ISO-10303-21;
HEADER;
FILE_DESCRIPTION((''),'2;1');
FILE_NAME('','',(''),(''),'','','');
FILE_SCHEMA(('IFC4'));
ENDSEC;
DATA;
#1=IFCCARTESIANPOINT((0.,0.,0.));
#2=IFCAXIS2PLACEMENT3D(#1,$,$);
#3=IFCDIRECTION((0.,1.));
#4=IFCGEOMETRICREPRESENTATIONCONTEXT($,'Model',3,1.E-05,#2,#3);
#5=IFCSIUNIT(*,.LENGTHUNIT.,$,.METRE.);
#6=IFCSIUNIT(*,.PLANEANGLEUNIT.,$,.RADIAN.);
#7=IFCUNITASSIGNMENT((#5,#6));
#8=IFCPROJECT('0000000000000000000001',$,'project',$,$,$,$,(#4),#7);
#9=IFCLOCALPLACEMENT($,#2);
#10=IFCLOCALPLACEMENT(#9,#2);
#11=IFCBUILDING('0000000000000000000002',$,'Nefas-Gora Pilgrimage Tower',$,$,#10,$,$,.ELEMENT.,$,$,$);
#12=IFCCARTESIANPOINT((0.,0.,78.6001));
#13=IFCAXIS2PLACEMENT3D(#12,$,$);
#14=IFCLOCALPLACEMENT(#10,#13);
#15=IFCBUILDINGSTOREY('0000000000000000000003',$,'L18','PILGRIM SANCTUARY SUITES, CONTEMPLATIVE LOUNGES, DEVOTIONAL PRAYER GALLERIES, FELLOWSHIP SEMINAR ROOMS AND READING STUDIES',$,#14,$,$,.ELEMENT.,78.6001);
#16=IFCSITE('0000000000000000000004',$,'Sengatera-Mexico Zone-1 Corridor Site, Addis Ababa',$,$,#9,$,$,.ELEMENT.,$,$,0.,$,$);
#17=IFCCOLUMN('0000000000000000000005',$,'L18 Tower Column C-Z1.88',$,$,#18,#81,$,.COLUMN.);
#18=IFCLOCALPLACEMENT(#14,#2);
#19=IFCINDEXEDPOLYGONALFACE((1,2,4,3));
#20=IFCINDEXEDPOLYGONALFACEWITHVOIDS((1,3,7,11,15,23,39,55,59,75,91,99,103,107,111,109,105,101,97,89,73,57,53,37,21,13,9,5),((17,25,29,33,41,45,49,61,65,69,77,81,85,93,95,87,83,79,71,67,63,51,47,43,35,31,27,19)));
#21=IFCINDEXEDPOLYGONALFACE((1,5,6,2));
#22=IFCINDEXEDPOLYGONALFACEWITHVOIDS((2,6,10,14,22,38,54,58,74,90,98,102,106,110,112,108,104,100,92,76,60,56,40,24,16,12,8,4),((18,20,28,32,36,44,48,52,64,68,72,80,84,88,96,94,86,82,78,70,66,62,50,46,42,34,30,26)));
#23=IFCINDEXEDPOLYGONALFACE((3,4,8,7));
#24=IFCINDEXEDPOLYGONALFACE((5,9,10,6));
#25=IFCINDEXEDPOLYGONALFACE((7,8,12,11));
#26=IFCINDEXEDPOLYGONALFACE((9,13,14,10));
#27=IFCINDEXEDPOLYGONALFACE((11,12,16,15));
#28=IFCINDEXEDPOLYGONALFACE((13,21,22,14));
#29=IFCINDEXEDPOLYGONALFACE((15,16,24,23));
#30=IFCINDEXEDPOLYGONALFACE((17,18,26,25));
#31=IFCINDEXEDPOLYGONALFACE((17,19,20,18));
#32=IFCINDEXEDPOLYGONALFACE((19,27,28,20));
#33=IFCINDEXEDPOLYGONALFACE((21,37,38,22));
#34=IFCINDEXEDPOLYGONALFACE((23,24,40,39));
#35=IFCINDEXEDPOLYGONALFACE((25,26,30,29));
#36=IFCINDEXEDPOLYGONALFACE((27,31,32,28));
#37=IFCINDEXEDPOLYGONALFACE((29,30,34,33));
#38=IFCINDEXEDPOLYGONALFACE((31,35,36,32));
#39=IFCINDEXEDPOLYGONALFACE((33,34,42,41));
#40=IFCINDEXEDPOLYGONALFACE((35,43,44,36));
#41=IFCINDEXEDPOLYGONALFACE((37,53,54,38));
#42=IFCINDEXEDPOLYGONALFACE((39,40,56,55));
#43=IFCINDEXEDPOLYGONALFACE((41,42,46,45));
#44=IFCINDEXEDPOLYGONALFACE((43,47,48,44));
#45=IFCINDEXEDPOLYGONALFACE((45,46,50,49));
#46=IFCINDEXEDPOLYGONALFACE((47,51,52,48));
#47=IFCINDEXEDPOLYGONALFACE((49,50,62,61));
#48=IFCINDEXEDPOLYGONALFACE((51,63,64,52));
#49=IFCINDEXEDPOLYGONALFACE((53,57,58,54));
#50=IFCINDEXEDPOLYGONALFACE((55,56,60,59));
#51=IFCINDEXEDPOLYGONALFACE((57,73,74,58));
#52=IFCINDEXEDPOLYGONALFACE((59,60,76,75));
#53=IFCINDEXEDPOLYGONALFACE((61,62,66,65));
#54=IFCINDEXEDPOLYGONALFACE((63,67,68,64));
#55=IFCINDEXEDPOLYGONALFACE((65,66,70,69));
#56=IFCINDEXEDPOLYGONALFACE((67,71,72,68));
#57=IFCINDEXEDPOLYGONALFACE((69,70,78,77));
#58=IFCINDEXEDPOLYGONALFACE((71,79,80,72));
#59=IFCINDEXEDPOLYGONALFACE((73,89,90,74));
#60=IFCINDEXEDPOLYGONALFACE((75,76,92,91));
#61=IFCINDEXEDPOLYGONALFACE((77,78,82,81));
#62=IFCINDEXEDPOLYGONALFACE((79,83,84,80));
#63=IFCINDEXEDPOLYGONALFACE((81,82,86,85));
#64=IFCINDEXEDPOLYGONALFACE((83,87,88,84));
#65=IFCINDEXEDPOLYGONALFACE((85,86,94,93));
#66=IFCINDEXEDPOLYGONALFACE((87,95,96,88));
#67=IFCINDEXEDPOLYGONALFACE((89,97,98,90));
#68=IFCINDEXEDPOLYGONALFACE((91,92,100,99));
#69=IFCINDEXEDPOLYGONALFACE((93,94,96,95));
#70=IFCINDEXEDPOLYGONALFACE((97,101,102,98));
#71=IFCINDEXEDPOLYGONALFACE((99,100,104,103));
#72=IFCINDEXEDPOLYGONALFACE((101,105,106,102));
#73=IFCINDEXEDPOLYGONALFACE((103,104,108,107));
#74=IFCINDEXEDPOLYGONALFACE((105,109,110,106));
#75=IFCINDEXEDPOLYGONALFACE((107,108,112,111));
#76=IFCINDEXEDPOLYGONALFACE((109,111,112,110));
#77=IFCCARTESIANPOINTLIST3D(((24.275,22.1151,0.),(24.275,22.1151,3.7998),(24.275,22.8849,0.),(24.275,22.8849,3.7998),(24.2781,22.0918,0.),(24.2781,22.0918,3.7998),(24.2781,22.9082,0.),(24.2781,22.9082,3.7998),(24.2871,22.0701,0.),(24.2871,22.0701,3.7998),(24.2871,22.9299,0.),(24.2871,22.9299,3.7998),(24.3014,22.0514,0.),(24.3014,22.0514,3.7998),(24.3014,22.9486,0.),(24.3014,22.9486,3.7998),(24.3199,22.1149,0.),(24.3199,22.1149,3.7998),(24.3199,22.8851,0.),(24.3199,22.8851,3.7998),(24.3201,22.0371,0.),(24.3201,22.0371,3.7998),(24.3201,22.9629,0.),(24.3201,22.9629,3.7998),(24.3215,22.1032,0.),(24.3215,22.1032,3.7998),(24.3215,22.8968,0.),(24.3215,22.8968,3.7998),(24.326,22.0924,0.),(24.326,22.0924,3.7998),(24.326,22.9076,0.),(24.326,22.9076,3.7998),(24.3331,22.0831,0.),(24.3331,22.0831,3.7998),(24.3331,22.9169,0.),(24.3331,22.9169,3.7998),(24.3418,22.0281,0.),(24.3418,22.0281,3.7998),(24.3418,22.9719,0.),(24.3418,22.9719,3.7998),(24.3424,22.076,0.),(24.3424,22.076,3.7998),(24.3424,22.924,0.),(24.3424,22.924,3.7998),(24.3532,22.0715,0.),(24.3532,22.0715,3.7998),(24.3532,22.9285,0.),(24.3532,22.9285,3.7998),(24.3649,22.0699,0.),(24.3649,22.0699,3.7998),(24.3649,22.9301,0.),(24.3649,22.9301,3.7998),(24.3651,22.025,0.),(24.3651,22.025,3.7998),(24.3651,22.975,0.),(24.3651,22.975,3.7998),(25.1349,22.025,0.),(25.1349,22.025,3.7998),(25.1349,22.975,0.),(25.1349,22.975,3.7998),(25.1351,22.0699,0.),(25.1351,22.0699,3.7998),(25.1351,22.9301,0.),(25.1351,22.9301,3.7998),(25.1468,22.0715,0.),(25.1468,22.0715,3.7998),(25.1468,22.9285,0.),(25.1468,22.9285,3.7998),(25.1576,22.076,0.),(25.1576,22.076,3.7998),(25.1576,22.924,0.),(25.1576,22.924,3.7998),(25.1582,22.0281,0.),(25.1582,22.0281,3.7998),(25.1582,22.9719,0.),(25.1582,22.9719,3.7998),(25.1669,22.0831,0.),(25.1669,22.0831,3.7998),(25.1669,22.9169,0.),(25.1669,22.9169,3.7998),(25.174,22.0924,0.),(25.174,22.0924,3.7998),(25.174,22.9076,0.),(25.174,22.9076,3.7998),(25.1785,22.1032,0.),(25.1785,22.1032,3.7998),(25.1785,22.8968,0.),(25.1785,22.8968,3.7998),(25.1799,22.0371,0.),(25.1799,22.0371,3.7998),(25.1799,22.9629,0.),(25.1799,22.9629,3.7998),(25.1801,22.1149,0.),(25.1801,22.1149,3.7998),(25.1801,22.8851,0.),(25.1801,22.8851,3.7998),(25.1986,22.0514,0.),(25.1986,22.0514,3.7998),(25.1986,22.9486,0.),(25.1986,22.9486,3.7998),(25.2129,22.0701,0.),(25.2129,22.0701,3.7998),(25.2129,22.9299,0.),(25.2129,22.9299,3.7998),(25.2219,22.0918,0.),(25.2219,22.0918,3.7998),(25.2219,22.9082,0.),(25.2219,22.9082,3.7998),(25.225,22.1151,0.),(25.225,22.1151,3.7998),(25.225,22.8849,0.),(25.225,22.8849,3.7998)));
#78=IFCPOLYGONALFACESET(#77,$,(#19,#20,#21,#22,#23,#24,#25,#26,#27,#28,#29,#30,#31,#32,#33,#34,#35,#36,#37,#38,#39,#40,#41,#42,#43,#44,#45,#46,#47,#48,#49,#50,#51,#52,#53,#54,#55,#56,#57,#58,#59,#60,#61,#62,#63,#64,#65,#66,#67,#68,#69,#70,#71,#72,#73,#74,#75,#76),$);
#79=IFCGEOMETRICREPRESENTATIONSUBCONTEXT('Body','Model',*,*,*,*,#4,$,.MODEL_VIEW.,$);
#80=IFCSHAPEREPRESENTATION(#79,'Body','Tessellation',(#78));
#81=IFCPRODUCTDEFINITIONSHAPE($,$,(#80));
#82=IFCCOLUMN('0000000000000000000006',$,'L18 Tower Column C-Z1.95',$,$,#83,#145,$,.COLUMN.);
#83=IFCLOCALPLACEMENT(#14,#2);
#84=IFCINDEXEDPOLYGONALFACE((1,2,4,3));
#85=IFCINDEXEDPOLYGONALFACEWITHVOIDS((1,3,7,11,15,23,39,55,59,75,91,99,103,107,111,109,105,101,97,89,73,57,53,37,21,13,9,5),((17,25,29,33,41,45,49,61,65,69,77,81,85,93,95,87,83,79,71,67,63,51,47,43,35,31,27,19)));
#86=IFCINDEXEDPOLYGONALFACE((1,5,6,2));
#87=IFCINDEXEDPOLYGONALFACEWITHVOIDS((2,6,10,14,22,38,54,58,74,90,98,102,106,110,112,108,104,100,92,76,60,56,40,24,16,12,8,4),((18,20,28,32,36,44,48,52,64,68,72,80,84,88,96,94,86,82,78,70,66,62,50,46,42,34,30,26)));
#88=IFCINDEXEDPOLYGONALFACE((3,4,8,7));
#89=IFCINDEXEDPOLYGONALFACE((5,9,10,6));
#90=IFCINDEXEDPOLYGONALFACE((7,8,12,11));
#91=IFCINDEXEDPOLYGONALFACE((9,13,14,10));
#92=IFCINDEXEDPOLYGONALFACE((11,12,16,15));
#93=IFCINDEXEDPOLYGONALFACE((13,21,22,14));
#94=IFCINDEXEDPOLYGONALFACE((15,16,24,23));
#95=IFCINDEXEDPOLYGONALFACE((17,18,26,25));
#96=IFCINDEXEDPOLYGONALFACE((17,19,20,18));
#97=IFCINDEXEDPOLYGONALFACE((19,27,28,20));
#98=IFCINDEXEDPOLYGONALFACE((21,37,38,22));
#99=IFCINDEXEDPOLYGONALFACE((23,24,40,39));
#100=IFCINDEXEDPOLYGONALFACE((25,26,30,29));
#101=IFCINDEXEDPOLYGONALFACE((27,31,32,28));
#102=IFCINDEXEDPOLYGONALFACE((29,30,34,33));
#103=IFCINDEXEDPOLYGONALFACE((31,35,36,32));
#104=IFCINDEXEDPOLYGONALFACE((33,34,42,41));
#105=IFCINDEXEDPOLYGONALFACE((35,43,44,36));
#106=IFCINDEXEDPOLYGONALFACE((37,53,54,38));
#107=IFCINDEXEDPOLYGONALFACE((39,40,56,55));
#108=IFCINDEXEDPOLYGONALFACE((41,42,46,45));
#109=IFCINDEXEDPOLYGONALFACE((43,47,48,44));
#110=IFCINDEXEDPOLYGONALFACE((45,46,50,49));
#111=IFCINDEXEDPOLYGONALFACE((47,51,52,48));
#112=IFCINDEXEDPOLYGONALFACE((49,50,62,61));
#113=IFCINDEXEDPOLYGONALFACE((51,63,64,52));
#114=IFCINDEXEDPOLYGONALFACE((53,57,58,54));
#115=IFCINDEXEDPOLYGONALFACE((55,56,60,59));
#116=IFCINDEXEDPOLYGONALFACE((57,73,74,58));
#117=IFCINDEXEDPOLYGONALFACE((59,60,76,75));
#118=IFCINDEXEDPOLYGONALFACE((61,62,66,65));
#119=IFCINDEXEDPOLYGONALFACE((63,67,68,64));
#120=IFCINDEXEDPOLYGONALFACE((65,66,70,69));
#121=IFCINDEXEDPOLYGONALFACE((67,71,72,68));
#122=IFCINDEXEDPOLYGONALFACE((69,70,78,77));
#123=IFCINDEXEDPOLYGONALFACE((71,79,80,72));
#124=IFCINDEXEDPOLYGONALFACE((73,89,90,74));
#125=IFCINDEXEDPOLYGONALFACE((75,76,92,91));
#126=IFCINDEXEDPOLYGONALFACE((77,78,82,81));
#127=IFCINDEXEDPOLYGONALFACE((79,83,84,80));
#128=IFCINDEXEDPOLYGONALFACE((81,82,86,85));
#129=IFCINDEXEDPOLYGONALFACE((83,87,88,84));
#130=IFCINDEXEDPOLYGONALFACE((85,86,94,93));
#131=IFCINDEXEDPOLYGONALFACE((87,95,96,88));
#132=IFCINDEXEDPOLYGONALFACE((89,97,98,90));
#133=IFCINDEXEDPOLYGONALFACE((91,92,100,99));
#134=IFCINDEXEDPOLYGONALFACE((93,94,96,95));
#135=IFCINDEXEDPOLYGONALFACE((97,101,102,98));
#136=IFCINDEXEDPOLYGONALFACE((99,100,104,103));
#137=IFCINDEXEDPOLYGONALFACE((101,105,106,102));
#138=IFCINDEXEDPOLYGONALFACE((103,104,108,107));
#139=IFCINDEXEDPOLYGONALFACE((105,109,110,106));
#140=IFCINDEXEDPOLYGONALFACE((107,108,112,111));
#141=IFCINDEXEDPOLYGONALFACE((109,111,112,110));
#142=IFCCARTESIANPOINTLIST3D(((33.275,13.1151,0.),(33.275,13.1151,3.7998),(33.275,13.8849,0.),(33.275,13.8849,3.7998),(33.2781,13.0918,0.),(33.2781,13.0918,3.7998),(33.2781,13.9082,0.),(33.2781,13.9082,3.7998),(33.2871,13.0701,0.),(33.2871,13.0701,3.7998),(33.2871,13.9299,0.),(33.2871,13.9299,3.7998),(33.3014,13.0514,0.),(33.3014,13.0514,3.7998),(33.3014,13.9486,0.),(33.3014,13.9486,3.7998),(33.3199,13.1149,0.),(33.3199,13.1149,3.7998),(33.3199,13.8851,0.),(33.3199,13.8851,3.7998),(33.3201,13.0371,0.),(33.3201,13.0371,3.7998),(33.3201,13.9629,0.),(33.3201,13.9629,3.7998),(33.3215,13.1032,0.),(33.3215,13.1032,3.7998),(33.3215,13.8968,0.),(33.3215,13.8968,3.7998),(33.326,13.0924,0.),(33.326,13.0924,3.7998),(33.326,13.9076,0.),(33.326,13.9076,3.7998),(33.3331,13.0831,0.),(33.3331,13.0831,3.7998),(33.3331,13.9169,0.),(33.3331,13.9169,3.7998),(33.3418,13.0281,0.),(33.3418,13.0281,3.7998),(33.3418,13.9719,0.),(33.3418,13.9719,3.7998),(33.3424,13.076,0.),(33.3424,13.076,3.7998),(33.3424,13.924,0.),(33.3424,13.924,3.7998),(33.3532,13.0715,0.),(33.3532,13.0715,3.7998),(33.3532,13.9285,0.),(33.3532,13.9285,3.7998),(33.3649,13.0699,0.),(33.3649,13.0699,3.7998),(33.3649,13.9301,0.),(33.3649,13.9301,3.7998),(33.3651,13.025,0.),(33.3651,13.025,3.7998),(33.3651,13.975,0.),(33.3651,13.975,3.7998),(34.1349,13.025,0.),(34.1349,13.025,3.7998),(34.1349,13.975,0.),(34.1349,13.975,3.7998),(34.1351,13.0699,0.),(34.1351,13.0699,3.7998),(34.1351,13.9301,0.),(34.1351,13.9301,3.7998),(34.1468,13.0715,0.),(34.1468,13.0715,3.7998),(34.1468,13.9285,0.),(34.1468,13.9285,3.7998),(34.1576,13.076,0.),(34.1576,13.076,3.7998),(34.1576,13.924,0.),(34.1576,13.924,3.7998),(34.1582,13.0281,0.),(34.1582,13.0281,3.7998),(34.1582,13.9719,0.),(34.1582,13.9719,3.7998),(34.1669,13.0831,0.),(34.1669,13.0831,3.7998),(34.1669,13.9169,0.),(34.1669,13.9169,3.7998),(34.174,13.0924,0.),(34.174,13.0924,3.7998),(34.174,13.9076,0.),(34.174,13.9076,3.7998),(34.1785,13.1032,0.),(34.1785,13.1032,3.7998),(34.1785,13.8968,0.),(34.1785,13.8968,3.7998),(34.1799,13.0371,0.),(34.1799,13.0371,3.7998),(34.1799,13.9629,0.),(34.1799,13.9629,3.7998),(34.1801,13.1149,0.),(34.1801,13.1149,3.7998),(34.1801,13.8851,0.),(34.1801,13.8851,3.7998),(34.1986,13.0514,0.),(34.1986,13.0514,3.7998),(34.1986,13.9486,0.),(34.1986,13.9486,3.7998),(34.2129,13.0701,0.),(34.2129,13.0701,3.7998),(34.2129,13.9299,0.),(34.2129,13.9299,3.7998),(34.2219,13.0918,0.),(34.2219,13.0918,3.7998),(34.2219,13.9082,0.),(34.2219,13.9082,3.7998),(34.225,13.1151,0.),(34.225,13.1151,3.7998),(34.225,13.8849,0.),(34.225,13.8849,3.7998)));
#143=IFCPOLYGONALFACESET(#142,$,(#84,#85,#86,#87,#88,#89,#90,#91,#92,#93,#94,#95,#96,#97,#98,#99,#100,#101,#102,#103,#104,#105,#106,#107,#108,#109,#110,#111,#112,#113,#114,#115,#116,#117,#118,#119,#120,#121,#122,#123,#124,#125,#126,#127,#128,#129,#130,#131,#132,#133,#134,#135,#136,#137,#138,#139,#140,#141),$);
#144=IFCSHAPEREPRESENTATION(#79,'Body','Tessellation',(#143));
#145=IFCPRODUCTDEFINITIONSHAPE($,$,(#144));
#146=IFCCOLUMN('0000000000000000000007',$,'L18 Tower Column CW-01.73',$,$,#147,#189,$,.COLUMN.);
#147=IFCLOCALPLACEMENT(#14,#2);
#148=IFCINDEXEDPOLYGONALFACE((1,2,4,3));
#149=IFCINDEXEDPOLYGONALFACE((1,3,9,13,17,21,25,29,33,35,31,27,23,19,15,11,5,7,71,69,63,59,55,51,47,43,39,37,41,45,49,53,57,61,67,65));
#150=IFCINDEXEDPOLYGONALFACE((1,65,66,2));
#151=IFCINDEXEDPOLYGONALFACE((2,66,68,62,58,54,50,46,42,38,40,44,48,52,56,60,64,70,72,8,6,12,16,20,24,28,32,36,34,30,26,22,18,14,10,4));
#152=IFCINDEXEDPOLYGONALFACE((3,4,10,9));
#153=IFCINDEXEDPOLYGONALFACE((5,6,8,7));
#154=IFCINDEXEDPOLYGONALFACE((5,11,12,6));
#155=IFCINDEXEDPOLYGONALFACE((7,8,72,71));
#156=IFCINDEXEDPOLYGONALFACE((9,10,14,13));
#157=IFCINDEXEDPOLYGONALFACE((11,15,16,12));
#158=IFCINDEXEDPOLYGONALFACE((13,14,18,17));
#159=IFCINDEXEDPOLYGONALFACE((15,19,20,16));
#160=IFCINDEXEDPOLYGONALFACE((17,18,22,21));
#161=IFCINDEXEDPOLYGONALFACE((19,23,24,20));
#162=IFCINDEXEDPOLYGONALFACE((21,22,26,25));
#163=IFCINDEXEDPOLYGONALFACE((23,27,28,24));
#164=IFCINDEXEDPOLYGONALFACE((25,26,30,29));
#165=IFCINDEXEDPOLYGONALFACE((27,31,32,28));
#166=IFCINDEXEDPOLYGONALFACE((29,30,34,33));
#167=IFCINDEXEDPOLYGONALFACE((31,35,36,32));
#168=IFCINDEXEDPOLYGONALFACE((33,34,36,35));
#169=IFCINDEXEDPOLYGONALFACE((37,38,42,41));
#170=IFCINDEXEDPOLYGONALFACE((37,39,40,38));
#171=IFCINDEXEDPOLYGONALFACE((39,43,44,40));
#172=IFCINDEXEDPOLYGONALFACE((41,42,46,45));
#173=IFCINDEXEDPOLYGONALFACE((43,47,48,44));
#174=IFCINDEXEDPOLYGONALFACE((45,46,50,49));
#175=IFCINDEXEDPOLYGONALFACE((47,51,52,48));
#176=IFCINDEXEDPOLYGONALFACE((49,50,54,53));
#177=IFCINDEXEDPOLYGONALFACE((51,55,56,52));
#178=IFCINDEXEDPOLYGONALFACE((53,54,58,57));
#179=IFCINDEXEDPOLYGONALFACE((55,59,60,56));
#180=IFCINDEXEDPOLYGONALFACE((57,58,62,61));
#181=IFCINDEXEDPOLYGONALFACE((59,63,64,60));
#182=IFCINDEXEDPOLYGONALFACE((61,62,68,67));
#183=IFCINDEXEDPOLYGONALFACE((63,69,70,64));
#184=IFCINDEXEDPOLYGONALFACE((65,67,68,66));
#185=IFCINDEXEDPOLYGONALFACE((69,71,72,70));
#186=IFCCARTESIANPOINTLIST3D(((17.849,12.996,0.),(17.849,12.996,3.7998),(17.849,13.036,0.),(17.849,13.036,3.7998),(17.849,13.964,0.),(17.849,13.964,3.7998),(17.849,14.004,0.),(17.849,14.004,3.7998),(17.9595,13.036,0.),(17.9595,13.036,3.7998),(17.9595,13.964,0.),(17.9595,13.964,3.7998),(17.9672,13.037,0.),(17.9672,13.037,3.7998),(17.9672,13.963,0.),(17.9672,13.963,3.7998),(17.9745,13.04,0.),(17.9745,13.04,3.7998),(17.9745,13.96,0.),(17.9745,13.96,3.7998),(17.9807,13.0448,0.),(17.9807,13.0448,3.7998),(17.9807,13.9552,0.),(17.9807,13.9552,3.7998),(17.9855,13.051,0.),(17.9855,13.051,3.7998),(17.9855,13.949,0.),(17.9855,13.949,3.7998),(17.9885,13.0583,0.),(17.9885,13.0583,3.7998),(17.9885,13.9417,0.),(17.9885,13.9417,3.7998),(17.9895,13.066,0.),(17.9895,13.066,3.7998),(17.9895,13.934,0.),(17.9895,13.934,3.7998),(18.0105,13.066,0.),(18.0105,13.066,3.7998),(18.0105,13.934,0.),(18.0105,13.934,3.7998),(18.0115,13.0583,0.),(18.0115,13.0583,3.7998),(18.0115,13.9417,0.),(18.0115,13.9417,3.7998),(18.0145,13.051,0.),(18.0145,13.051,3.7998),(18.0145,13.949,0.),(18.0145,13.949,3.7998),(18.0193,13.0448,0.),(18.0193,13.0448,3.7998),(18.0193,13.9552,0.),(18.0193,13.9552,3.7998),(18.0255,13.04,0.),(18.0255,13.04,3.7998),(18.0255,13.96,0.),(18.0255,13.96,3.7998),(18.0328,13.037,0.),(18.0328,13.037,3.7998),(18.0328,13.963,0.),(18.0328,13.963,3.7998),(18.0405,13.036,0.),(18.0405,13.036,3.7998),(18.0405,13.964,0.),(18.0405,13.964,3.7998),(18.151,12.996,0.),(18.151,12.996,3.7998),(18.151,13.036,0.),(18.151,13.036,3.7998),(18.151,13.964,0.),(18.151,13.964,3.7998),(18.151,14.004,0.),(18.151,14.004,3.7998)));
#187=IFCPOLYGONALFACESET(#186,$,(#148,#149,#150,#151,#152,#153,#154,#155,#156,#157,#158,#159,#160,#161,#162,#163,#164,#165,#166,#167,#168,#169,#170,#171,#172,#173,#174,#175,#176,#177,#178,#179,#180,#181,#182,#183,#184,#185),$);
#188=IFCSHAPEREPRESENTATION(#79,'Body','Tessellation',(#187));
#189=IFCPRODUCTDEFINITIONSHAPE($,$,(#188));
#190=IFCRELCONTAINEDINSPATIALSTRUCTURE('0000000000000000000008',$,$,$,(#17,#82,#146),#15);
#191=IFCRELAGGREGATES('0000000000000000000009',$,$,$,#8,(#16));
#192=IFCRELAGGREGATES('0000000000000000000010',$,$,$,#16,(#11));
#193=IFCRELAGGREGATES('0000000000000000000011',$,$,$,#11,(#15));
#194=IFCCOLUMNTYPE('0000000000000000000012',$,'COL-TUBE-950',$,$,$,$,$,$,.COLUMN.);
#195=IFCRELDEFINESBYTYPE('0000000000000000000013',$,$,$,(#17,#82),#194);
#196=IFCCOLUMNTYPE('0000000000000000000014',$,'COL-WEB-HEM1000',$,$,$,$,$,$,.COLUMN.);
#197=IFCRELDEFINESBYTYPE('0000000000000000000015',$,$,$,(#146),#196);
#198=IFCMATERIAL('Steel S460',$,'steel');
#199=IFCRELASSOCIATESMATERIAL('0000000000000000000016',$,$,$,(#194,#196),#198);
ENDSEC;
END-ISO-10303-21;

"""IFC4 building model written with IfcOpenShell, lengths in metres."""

from ifc_helpers import new_model, si_unit, direction, frame, origin, origin_2d, place, context, subcontext, project, spatial, hollow_rectangle, i_section, extrude, source, transform, mapped, material, material_profile, profile_set, type_object, element, save


model = new_model("IFC4")

# Units and contexts
model_context = context("Model", 3, precision=1e-05, world=origin(), true_north=direction((0.0, 1.0)))
body_context = subcontext(model_context, "Body", "Model", "MODEL_VIEW")
ifc_project = project(units=[si_unit("LENGTHUNIT", "METRE"), si_unit("PLANEANGLEUNIT", "RADIAN")], contexts=[model_context])

# Site, building, storey
site_placement = place(None, origin())
site = spatial("IfcSite", under=ifc_project, at=site_placement, Name="Sengatera-Mexico Zone-1 Corridor Site, Addis Ababa", CompositionType="ELEMENT", RefElevation=0.0)
building_placement = place(site_placement, origin())
building = spatial("IfcBuilding", under=site, at=building_placement, Name="Nefas-Gora Pilgrimage Tower", CompositionType="ELEMENT")
storey_placement = place(building_placement, frame((0.0, 0.0, 78.6001)))
storey = spatial("IfcBuildingStorey", under=building, at=storey_placement, Name="L18", Description="PILGRIM SANCTUARY SUITES, CONTEMPLATIVE LOUNGES, DEVOTIONAL PRAYER GALLERIES, FELLOWSHIP SEMINAR ROOMS AND READING STUDIES", CompositionType="ELEMENT", Elevation=78.6001)

# Columns
ifc_material_1 = material(Name="Steel S460", Category="steel")
ifc_material_profile_1 = material_profile(ifc_material_1, hollow_rectangle(XDim=0.95, YDim=0.95, WallThickness=0.0449, InnerFilletRadius=0.0449, OuterFilletRadius=0.0901, at=origin_2d()), Name="BOX 950x950x45")
ifc_profile_set_1 = profile_set([ifc_material_profile_1], Name="Steel S460")
column_type_1 = type_object("IfcColumnType", Name="COL-TUBE-950", PredefinedType="COLUMN", material=ifc_profile_set_1)
shared_shape_1 = source(origin(), body_context, "Body", "SweptSolid", [
    extrude(hollow_rectangle(XDim=0.95, YDim=0.95, WallThickness=0.0449, InnerFilletRadius=0.0449, OuterFilletRadius=0.0901, at=origin_2d()), origin(), (0.0, 0.0, 1.0), 3.7998),
])
for number, where, z_axis, x_axis, name in (
    (1, (24.75, 22.5, 0.0), (0.0, 0.0, 1.0), (1.0, 0.0, 0.0), "L18 Tower Column C-Z1.88"),
    (2, (33.75, 13.5, 0.0), (0.0, 0.0, 1.0), (1.0, 0.0, 0.0), "L18 Tower Column C-Z1.95"),
):
    element("IfcColumn", number, at=place(storey_placement, frame(where, z_axis=z_axis, x_axis=x_axis)), inside=storey, type_object=column_type_1, Name=name, PredefinedType="COLUMN", context=body_context, shape_type="MappedRepresentation", body=[
        mapped(shared_shape_1, transform((0.0, 0.0, 0.0), x_axis=(1.0, 0.0, 0.0), y_axis=(0.0, 1.0, 0.0), z_axis=(0.0, 0.0, 1.0), scale=1.0)),
    ])
ifc_material_profile_2 = material_profile(ifc_material_1, i_section(OverallWidth=0.302, OverallDepth=1.0081, WebThickness=0.021, FlangeThickness=0.04, FilletRadius=0.03, at=origin_2d()), Name="HEM 1000")
ifc_profile_set_2 = profile_set([ifc_material_profile_2], Name="Steel S460")
column_type_2 = type_object("IfcColumnType", Name="COL-WEB-HEM1000", PredefinedType="COLUMN", material=ifc_profile_set_2)
shared_shape_2 = source(origin(), body_context, "Body", "SweptSolid", [
    extrude(i_section(OverallWidth=0.302, OverallDepth=1.0081, WebThickness=0.021, FlangeThickness=0.04, FilletRadius=0.03, at=origin_2d()), origin(), (0.0, 0.0, 1.0), 3.7998),
])
for number, where, z_axis, x_axis, name in (
    (3, (18.0, 13.5, 0.0), (0.0, 0.0, 1.0), (1.0, 0.0, 0.0), "L18 Tower Column CW-01.73"),
):
    element("IfcColumn", number, at=place(storey_placement, frame(where, z_axis=z_axis, x_axis=x_axis)), inside=storey, type_object=column_type_2, Name=name, PredefinedType="COLUMN", context=body_context, shape_type="MappedRepresentation", body=[
        mapped(shared_shape_2, transform((0.0, 0.0, 0.0), x_axis=(1.0, 0.0, 0.0), y_axis=(0.0, 1.0, 0.0), z_axis=(0.0, 0.0, 1.0), scale=1.0)),
    ])

save(model, "model.ifc")
